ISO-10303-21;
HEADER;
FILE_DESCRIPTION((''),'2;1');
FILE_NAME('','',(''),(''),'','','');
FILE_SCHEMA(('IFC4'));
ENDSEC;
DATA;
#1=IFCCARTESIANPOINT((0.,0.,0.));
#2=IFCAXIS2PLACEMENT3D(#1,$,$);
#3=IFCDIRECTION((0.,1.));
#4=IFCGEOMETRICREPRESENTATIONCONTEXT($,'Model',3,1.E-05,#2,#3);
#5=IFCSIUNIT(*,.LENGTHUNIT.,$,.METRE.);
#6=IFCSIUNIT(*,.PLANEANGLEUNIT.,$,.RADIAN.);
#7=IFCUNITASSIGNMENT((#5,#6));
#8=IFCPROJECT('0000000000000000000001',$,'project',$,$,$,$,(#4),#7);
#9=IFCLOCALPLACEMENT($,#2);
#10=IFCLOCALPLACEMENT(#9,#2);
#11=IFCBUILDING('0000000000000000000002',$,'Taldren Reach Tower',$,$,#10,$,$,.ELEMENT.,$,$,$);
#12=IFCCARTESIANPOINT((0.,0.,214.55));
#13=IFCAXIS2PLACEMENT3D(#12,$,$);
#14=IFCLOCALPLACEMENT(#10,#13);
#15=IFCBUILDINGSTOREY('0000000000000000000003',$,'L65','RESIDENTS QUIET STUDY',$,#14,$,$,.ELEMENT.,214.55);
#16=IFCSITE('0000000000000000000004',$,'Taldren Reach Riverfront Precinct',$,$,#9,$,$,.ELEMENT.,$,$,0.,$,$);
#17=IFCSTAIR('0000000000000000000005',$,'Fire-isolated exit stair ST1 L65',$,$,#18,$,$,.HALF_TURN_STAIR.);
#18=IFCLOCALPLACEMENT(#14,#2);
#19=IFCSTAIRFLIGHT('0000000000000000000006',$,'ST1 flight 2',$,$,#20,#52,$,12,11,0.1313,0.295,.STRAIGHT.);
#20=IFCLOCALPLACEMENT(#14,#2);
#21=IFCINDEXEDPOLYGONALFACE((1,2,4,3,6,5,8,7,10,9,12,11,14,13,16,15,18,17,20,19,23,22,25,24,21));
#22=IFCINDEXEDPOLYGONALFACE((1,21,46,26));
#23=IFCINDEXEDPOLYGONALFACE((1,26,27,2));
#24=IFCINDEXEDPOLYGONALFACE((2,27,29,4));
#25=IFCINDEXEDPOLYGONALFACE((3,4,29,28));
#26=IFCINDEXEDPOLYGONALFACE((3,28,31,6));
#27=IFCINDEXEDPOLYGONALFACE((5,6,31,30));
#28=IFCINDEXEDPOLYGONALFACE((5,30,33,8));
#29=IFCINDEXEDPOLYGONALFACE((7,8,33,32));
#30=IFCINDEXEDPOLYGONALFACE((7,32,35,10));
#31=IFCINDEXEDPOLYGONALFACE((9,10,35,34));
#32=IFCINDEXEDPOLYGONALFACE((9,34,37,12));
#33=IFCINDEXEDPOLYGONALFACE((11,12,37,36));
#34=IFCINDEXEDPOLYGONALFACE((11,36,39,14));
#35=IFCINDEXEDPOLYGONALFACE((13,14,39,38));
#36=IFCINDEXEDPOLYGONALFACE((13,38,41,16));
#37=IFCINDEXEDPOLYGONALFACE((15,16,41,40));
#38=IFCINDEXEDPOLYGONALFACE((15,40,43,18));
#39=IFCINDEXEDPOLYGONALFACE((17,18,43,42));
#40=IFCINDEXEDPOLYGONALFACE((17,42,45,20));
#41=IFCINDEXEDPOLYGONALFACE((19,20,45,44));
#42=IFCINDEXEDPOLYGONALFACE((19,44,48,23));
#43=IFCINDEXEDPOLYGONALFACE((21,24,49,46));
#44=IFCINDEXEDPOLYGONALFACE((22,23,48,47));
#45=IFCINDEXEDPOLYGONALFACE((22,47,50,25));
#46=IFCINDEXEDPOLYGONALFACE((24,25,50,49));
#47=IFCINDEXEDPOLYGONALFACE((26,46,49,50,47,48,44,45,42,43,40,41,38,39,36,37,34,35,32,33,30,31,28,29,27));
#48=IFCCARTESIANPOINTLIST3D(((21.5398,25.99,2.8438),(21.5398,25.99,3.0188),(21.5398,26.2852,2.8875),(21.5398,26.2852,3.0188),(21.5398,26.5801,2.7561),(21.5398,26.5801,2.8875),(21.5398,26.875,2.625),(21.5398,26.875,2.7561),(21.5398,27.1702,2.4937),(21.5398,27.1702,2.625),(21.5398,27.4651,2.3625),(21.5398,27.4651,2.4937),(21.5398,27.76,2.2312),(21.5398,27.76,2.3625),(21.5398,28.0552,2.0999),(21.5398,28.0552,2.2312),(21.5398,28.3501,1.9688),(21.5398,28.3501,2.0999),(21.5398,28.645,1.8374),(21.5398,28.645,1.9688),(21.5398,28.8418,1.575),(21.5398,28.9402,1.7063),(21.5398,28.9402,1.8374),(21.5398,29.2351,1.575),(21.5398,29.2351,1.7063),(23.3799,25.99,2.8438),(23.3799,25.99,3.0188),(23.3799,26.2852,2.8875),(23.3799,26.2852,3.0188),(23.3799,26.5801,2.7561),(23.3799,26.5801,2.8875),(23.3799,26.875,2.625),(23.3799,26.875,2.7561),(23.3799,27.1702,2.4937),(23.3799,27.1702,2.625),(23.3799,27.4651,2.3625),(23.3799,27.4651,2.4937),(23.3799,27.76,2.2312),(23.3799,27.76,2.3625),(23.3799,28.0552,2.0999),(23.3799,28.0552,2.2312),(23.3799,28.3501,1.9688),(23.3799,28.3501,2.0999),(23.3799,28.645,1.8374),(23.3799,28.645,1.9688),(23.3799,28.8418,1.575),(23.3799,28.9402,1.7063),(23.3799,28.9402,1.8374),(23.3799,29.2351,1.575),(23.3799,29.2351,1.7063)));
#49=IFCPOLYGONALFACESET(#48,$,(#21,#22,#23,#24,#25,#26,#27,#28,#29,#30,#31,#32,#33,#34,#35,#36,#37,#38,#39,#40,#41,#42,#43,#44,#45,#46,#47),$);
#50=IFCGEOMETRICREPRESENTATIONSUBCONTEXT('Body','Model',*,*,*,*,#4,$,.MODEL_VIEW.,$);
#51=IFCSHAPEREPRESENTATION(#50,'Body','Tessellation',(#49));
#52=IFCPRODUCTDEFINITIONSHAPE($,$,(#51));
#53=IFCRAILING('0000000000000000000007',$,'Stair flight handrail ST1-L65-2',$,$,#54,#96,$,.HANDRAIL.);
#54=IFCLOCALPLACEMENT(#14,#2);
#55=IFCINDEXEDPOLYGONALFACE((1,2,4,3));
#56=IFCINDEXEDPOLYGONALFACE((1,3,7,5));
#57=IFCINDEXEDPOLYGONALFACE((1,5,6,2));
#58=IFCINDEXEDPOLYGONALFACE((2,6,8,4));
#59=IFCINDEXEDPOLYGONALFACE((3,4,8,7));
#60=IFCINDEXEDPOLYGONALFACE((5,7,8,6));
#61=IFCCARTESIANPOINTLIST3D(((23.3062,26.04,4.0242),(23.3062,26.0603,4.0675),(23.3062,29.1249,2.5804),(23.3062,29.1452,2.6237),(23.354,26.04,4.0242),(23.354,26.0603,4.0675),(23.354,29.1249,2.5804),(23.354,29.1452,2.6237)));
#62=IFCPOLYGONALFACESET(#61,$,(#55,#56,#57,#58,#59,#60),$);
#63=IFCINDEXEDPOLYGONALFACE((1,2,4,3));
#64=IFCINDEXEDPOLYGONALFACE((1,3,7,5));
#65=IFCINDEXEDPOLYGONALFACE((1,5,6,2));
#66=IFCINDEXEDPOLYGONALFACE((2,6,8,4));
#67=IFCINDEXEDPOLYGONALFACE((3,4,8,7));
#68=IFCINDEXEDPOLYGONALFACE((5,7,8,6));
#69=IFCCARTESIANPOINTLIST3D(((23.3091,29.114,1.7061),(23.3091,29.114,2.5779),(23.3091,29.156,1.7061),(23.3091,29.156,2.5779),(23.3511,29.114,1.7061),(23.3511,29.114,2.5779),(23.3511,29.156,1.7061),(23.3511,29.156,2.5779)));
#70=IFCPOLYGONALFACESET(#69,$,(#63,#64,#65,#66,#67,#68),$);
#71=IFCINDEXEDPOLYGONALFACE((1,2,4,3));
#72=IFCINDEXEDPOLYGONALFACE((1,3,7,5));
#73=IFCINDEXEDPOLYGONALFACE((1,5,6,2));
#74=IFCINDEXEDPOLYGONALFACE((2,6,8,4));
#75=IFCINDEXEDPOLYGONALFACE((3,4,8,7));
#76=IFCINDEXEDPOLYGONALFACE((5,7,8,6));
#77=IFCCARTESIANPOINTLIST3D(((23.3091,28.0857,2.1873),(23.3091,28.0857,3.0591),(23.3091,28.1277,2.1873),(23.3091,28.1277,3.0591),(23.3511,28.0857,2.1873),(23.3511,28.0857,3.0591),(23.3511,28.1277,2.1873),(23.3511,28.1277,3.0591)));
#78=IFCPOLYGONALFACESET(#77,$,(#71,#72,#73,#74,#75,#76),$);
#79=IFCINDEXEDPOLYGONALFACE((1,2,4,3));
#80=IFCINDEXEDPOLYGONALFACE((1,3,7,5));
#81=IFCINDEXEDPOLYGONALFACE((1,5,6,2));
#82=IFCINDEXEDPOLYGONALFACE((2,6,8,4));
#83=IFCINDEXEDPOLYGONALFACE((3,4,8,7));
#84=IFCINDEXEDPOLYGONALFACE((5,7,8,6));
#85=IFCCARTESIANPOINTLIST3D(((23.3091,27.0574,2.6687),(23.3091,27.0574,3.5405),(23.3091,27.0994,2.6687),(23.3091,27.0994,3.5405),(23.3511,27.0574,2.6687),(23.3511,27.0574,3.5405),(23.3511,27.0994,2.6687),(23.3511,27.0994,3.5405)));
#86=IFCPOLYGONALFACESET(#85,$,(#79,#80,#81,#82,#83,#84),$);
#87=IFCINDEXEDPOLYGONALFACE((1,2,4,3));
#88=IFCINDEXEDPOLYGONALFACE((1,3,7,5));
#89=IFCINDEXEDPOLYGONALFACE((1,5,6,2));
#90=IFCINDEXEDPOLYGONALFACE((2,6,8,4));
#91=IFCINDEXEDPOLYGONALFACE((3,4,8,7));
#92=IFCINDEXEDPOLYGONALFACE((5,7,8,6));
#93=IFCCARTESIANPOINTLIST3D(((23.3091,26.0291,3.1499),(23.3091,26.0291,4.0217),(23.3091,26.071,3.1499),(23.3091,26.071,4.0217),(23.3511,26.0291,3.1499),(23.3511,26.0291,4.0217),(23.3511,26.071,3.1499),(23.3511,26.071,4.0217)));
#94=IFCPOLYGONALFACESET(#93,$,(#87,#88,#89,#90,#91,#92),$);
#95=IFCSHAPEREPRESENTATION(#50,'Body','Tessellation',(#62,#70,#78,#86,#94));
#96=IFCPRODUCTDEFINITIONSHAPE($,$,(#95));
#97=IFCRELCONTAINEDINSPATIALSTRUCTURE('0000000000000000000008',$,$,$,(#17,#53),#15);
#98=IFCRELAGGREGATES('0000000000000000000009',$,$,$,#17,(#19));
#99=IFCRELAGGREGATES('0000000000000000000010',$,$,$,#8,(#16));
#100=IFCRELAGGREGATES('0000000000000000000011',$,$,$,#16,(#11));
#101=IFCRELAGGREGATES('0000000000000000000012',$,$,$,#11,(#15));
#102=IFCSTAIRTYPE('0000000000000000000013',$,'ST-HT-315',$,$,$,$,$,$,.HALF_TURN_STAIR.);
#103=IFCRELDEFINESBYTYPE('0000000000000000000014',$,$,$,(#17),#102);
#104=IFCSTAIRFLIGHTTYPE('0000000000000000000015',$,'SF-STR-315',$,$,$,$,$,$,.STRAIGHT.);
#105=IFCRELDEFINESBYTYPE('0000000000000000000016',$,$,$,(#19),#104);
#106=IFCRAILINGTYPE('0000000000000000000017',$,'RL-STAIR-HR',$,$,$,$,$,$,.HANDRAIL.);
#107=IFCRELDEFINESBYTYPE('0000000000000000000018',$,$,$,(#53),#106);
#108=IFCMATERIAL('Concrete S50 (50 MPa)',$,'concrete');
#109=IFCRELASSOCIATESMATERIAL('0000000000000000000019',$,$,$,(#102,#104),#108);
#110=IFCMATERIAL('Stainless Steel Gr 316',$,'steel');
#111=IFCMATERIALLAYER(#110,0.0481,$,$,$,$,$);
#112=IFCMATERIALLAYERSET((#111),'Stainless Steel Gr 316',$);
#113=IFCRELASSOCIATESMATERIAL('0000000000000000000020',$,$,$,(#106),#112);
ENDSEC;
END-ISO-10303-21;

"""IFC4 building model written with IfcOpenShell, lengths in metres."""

from ifc_helpers import new_model, si_unit, direction, frame, origin, origin_2d, place, context, subcontext, project, spatial, polyline, rectangle, outline, extrude, material, layer, layer_set, type_object, element, aggregate, save


model = new_model("IFC4")

# Units and contexts
model_context = context("Model", 3, precision=1e-05, world=origin(), true_north=direction((0.0, 1.0)))
body_context = subcontext(model_context, "Body", "Model", "MODEL_VIEW")
ifc_project = project(units=[si_unit("LENGTHUNIT", "METRE"), si_unit("PLANEANGLEUNIT", "RADIAN")], contexts=[model_context])

# Site, building, storey
site_placement = place(None, origin())
site = spatial("IfcSite", under=ifc_project, at=site_placement, Name="Taldren Reach Riverfront Precinct", CompositionType="ELEMENT", RefElevation=0.0)
building_placement = place(site_placement, origin())
building = spatial("IfcBuilding", under=site, at=building_placement, Name="Taldren Reach Tower", CompositionType="ELEMENT")
storey_placement = place(building_placement, frame((0.0, 0.0, 214.55)))
storey = spatial("IfcBuildingStorey", under=building, at=storey_placement, Name="L65", Description="RESIDENTS QUIET STUDY", CompositionType="ELEMENT", Elevation=214.55)

# Shared definitions
ifc_material_1 = material(Name="Concrete S50 (50 MPa)", Category="concrete")

# Stair, stair flight
stair_type = type_object("IfcStairType", Name="ST-HT-315", PredefinedType="HALF_TURN_STAIR", material=ifc_material_1)
stair_placement = place(storey_placement, origin())
stair = element("IfcStair", 1, at=stair_placement, inside=storey, type_object=stair_type, Name="Fire-isolated exit stair ST1 L65", PredefinedType="HALF_TURN_STAIR")
stair_flight_type = type_object("IfcStairFlightType", Name="SF-STR-315", PredefinedType="STRAIGHT", material=ifc_material_1)
stair_flight_placement = place(storey_placement, frame((22.46, 29.2351, 1.575), z_axis=(0.0, 0.0, 1.0), x_axis=(0.0, -1.0, 0.0)))
stair_flight = element("IfcStairFlight", 2, at=stair_flight_placement, type_object=stair_flight_type, Name="ST1 flight 2", NumberOfRisers=12, NumberOfTreads=11, PredefinedType="STRAIGHT", RiserHeight=0.1313, TreadLength=0.295, context=body_context, shape_type="SweptSolid", body=[
    extrude(outline(polyline([(0.0, 0.0), (0.0, 0.1313), (0.2949, 0.1313), (0.2949, 0.2625), (0.5901, 0.2625), (0.5901, 0.3938), (0.885, 0.3938), (0.885, 0.5249), (1.1799, 0.5249), (1.1799, 0.6562), (1.4751, 0.6562), (1.4751, 0.7876), (1.77, 0.7876), (1.77, 0.9187), (2.0649, 0.9187), (2.0649, 1.05), (2.3601, 1.05), (2.3601, 1.1812), (2.655, 1.1812), (2.655, 1.3125), (2.95, 1.3125), (2.95, 1.4438), (3.2451, 1.4438), (3.2451, 1.575), (3.2451, 1.2688), (0.3933, 0.0), (0.0, 0.0)])), frame((0.0, 0.9199, 0.0), z_axis=(0.0, -1.0, 0.0), x_axis=(1.0, 0.0, 0.0)), (0.0, 0.0, 1.0), 1.8401),
])
aggregate(stair, [stair_flight])

# Railing
ifc_material_2 = material(Name="Stainless Steel Gr 316", Category="steel")
ifc_layer_1 = layer(ifc_material_2, 0.0481)
ifc_layer_set_1 = layer_set([ifc_layer_1], Name="Stainless Steel Gr 316")
railing_type = type_object("IfcRailingType", Name="RL-STAIR-HR", PredefinedType="HANDRAIL", material=ifc_layer_set_1)
railing_placement = place(storey_placement, frame((23.3301, 29.135, 1.7061)))
element("IfcRailing", 3, at=railing_placement, inside=storey, type_object=railing_type, Name="Stair flight handrail ST1-L65-2", PredefinedType="HANDRAIL", context=body_context, shape_type="SweptSolid", body=[
    extrude(rectangle(XDim=0.0479, YDim=0.0479, at=origin_2d()), frame((0.0, 0.0, 0.896), z_axis=(0.0, -0.90571, 0.423898), x_axis=(1.0, 0.0, 0.0)), (0.0, 0.0, 1.0), 3.406),
    extrude(rectangle(XDim=0.042, YDim=0.042, at=origin_2d()), origin(), (0.0, 0.0, 1.0), 0.8718),
    extrude(rectangle(XDim=0.042, YDim=0.042, at=origin_2d()), frame((0.0, -1.0283, 0.4812)), (0.0, 0.0, 1.0), 0.8718),
    extrude(rectangle(XDim=0.042, YDim=0.042, at=origin_2d()), frame((0.0, -2.0566, 0.9626)), (0.0, 0.0, 1.0), 0.8718),
    extrude(rectangle(XDim=0.042, YDim=0.042, at=origin_2d()), frame((0.0, -3.085, 1.4438)), (0.0, 0.0, 1.0), 0.8718),
])

save(model, "model.ifc")
